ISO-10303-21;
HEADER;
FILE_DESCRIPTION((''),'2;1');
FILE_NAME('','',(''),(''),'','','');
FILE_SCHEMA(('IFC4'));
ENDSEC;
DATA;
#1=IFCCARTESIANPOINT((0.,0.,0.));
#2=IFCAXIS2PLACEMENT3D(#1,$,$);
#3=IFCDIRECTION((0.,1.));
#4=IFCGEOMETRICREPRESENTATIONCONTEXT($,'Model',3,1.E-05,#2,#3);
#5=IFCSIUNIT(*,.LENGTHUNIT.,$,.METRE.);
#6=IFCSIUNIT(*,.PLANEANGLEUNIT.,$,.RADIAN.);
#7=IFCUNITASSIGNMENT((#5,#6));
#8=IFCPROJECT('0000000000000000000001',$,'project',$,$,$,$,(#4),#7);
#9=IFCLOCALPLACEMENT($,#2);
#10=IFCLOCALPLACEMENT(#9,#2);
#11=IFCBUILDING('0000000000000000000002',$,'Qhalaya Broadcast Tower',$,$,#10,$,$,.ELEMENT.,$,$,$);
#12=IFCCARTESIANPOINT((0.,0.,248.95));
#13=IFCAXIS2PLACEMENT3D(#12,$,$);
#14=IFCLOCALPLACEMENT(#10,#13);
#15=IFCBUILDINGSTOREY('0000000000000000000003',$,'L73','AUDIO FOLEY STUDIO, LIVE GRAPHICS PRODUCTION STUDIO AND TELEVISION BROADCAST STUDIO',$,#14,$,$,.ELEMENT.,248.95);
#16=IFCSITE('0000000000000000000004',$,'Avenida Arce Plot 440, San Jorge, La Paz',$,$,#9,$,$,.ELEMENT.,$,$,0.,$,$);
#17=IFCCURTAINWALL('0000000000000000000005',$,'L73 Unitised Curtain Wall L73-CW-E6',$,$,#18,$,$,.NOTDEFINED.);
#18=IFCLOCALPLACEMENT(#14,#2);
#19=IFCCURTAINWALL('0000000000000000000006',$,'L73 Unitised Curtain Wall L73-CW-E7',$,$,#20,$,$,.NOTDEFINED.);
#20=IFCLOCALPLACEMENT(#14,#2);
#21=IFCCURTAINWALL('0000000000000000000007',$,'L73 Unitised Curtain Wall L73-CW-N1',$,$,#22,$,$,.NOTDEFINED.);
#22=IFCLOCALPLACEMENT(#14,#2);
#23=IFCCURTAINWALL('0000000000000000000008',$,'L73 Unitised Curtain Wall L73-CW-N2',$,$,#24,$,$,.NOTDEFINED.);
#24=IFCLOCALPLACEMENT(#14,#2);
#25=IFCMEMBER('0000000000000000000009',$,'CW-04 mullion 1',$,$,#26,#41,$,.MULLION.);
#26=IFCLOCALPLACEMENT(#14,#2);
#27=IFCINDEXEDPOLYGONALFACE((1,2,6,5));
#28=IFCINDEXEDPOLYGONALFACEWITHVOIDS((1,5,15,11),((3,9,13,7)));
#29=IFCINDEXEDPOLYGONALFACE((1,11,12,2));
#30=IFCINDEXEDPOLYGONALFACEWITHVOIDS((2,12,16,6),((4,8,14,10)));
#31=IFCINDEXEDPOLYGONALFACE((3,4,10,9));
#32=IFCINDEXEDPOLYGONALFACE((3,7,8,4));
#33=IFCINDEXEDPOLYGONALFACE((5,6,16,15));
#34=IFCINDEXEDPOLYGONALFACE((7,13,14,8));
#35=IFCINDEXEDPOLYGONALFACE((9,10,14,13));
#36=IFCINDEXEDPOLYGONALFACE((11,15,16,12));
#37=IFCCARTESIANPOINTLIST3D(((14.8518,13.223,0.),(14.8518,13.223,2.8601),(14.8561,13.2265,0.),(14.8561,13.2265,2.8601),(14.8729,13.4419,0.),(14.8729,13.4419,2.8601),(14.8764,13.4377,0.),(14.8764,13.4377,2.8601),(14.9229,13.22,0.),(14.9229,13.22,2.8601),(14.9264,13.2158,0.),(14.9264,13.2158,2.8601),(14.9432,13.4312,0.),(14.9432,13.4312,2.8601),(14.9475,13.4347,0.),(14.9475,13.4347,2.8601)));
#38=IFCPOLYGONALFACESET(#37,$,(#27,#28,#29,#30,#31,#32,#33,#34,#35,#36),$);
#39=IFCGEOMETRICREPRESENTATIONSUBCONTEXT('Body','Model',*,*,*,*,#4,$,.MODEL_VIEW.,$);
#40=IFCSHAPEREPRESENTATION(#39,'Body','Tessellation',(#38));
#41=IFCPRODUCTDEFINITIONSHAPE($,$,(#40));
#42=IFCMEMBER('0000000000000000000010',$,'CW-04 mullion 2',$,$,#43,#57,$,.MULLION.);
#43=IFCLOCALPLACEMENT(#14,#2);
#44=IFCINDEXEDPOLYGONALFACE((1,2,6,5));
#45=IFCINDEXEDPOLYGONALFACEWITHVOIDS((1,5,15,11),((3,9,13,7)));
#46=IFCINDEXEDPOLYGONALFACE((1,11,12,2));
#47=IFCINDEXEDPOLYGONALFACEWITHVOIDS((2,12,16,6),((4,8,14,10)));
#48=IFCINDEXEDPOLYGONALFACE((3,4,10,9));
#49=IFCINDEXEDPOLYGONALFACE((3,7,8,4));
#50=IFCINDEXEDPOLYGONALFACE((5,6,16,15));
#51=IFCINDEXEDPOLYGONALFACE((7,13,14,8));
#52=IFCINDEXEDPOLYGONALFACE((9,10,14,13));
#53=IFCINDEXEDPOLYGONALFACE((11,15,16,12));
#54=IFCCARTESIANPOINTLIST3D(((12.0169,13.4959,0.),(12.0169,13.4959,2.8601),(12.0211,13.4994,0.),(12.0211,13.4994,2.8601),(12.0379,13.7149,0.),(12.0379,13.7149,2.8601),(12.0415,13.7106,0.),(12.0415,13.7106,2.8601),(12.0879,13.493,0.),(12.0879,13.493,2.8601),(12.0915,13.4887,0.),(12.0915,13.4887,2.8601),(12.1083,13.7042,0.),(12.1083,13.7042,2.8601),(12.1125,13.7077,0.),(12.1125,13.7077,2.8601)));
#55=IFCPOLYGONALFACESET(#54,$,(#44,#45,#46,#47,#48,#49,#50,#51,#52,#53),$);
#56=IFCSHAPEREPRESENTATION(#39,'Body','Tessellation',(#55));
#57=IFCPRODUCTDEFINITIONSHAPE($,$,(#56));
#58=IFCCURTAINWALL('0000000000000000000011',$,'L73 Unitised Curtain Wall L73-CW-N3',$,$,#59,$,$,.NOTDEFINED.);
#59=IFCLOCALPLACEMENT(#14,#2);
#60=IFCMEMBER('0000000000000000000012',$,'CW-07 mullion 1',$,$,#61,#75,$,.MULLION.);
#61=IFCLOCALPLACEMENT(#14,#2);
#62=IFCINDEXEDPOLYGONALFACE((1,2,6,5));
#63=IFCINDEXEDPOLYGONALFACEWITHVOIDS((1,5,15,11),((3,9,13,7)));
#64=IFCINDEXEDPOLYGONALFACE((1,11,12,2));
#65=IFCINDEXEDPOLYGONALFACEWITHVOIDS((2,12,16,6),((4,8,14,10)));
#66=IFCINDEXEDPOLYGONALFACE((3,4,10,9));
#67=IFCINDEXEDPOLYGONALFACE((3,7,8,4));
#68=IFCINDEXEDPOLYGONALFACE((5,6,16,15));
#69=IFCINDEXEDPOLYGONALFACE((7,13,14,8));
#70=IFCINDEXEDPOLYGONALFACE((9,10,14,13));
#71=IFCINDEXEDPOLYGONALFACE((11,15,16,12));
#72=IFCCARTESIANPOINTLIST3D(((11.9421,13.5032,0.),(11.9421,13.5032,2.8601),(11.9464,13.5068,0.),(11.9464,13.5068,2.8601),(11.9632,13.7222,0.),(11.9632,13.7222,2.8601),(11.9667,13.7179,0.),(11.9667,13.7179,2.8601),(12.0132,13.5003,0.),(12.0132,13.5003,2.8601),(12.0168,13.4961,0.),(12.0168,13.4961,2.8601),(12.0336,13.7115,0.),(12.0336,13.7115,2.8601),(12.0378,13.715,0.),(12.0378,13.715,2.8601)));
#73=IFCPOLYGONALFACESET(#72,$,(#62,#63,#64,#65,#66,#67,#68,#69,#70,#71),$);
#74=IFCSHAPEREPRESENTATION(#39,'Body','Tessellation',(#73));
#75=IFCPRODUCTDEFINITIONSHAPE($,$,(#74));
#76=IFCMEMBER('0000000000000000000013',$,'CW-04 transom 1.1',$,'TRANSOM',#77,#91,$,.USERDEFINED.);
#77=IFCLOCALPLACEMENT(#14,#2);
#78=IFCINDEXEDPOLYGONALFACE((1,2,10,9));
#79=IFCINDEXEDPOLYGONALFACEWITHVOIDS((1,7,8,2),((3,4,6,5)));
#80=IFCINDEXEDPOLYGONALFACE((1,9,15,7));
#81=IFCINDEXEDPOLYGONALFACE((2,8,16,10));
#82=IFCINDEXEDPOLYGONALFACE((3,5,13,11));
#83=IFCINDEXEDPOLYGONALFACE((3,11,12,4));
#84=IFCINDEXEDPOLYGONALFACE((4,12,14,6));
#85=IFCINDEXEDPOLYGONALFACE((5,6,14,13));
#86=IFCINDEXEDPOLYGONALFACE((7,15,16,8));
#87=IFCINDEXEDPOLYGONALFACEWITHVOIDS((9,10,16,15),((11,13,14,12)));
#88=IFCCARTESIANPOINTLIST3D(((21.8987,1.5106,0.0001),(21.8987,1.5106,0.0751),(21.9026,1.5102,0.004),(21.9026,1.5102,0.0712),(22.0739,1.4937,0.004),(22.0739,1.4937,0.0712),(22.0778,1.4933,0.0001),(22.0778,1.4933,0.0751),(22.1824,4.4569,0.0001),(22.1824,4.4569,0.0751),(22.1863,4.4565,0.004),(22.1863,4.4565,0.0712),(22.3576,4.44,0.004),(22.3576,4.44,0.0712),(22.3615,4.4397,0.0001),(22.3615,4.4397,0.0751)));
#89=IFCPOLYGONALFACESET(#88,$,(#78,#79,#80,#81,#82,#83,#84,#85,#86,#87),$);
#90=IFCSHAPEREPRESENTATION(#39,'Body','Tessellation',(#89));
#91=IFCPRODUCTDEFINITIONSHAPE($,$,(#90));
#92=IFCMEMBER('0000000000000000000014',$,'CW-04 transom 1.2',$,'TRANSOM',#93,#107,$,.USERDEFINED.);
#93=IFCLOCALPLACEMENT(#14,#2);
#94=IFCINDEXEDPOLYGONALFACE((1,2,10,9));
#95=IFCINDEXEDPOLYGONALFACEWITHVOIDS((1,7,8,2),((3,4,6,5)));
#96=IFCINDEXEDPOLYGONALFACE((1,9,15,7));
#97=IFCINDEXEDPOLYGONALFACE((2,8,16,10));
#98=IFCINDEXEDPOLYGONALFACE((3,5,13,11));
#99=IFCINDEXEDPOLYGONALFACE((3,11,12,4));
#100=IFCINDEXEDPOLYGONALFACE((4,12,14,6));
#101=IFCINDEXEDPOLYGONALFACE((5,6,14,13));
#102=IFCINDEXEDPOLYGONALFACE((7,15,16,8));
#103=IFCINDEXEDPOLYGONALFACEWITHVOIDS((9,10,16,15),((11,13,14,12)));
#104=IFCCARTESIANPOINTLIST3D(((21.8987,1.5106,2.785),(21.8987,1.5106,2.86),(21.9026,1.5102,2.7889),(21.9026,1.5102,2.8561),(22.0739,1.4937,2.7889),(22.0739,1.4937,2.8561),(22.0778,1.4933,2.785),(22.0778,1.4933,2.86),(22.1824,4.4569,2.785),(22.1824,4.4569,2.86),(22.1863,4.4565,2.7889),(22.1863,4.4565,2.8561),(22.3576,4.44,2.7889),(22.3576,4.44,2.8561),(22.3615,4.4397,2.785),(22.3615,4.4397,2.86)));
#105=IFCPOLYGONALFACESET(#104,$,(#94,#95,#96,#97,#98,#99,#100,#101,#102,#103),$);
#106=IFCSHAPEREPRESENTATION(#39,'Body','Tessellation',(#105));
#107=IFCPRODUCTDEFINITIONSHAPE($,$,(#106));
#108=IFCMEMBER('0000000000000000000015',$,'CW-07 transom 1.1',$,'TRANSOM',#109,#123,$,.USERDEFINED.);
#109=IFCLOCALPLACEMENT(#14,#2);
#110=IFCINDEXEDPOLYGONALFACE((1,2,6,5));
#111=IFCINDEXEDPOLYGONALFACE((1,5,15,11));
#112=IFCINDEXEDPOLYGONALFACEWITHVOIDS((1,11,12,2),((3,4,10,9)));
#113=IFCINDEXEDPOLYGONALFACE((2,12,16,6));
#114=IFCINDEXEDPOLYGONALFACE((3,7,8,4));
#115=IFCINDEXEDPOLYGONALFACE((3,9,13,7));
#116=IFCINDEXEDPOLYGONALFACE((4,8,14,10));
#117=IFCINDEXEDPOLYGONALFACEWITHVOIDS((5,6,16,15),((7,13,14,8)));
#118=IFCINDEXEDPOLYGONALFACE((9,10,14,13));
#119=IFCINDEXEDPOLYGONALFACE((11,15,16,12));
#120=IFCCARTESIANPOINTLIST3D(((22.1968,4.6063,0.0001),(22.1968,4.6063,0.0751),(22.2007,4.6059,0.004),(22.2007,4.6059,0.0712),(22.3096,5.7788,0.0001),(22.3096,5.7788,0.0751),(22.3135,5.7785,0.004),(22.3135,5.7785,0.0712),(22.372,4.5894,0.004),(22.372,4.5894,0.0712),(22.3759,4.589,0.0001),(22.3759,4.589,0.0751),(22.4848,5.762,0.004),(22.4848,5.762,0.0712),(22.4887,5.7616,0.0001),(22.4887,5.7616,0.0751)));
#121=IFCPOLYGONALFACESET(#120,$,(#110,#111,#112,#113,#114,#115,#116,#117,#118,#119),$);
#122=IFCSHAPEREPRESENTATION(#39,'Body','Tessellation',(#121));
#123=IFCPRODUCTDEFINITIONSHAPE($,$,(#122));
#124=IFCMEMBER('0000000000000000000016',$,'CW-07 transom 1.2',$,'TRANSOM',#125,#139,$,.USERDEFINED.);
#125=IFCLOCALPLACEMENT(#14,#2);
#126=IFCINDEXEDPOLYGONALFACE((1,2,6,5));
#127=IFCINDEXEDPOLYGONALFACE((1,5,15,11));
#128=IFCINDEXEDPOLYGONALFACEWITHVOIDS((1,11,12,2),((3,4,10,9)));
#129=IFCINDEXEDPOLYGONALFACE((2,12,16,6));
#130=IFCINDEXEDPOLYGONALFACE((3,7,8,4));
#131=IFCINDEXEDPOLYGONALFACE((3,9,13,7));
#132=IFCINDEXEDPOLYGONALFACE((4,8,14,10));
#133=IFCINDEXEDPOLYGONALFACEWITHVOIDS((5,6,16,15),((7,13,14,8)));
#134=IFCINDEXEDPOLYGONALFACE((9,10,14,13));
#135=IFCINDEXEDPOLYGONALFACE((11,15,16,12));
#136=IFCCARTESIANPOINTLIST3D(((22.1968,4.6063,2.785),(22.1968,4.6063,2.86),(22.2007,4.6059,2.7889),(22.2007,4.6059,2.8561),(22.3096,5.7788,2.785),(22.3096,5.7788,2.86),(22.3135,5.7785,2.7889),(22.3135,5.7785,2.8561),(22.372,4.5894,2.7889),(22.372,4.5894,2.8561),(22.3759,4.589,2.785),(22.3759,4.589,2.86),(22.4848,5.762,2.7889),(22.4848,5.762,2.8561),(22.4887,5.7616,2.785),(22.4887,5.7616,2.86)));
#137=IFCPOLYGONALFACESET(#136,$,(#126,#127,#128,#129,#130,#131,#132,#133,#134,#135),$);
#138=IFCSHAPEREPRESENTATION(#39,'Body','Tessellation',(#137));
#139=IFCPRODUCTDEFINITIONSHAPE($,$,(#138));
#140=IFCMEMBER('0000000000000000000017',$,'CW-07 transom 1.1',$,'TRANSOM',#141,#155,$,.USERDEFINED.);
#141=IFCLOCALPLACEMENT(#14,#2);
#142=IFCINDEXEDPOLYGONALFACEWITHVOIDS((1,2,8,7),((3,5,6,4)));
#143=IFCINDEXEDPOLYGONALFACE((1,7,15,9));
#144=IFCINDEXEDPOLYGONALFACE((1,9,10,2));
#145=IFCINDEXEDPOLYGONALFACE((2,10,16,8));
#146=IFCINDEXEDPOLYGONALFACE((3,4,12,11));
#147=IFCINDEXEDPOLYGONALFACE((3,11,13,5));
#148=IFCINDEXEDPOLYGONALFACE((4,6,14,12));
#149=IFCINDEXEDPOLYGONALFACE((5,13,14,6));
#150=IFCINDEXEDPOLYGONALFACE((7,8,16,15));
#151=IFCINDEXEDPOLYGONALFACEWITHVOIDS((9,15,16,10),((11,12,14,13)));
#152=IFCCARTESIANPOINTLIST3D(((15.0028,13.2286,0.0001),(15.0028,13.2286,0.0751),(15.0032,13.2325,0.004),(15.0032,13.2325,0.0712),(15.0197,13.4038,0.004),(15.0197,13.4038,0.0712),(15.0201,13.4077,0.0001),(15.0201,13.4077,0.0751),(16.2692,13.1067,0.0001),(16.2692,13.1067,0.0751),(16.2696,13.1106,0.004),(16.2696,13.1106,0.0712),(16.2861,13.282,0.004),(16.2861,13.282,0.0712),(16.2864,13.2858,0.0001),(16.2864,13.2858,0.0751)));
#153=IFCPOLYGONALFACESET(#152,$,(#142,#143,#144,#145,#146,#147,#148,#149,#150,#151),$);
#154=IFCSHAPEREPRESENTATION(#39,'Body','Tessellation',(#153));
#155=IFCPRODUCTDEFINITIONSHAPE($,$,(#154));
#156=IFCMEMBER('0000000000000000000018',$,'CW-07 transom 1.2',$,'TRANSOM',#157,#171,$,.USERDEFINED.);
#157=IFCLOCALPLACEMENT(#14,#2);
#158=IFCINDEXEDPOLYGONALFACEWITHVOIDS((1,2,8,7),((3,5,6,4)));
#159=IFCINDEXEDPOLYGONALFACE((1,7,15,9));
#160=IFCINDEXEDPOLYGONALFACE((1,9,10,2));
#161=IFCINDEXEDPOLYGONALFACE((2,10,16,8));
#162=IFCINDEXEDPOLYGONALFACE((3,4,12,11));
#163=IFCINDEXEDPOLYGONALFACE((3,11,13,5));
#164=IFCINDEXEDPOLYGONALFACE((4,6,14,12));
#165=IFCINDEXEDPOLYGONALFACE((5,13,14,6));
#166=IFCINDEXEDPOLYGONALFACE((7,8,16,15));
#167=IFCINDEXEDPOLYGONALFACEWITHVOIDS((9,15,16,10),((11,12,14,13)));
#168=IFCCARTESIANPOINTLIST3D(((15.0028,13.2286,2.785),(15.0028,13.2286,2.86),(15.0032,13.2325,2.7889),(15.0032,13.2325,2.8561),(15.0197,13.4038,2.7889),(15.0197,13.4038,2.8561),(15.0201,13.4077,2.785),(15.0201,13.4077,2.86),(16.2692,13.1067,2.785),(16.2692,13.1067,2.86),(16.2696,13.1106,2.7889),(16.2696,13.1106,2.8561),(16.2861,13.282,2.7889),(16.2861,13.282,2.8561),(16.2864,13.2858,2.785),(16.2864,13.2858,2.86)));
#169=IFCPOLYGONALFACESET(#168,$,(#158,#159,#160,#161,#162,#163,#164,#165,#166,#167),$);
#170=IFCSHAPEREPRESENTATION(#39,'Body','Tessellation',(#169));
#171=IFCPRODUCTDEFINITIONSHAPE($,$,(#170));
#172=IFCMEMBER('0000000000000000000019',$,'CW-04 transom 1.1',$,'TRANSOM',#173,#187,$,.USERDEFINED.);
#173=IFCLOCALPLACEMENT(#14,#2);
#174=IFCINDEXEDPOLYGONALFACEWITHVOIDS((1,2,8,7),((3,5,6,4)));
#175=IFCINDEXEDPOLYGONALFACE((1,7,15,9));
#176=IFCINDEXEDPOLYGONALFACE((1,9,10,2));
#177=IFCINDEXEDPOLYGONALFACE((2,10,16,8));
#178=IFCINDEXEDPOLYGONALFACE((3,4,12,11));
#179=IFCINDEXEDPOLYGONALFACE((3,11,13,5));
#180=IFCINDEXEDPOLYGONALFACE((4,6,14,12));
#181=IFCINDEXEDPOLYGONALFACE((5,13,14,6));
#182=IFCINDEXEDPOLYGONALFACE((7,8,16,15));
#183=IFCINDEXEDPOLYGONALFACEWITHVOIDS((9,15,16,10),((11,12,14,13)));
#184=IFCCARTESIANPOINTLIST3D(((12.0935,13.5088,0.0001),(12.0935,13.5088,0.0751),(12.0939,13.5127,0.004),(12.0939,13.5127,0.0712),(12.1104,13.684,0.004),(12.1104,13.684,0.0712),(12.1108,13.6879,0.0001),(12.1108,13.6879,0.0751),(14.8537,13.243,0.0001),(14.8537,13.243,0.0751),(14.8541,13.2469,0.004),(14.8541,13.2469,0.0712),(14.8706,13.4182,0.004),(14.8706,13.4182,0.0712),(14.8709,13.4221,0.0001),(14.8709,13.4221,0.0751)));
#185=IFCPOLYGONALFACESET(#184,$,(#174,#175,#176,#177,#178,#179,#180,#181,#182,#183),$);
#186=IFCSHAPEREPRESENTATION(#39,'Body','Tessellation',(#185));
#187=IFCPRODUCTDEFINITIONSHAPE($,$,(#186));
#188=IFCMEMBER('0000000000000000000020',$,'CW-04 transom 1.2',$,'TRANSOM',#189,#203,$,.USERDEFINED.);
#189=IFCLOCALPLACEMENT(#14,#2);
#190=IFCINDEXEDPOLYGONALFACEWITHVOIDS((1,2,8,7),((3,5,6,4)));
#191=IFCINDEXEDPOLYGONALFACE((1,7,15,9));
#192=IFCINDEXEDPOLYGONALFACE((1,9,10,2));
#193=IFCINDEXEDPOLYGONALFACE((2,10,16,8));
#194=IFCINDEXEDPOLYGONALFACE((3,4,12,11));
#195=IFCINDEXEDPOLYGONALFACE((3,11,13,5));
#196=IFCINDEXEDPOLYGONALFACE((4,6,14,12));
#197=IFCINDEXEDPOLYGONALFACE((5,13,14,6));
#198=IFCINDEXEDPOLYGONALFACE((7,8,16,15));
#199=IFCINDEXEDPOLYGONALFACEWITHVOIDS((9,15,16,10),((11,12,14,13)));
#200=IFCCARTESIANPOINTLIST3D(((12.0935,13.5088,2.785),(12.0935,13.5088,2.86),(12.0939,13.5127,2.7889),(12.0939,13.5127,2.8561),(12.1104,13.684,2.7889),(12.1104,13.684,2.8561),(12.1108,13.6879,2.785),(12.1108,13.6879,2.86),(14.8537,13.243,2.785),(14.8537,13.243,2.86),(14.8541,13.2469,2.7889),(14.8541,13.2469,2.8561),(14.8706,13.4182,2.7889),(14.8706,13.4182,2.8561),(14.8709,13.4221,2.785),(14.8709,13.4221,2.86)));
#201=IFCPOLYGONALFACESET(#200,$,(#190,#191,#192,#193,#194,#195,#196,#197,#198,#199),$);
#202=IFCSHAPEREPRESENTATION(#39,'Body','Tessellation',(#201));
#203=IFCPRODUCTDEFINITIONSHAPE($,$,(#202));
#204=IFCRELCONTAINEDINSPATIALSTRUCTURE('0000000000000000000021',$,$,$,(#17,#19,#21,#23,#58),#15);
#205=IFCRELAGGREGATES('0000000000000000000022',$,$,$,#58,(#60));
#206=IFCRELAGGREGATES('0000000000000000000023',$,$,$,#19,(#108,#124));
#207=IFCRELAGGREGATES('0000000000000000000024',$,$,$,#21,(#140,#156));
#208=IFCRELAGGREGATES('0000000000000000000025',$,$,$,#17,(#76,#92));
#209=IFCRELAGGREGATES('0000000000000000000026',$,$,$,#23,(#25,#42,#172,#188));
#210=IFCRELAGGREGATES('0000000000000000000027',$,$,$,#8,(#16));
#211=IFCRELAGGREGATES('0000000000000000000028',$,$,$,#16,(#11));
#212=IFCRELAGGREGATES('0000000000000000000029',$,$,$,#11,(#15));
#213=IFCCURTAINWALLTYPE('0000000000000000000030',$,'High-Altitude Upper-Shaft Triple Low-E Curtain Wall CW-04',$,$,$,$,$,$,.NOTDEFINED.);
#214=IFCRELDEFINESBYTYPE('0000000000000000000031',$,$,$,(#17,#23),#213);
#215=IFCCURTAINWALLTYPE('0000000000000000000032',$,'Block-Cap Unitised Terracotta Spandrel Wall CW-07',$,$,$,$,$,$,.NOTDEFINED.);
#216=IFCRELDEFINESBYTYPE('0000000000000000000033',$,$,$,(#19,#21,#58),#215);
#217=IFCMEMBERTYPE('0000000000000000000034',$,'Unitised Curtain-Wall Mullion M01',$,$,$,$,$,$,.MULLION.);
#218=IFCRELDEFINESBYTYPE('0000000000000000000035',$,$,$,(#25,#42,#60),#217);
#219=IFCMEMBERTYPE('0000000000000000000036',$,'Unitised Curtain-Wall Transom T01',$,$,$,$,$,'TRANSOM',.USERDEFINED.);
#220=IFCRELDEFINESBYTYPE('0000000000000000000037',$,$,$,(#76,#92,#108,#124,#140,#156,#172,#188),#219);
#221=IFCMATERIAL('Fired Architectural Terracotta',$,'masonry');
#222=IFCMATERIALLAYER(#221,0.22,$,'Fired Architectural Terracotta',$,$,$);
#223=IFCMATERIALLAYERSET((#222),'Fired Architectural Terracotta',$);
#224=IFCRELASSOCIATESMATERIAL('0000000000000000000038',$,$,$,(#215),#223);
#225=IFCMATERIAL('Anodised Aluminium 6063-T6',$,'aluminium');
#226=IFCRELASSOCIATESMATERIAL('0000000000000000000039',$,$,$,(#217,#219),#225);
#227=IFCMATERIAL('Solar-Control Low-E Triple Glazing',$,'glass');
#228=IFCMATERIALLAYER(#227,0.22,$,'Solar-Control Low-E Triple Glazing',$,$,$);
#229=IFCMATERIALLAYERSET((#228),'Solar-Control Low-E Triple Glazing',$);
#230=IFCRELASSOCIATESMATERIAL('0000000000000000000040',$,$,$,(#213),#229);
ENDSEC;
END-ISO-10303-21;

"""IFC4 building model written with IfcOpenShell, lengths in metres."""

from ifc_helpers import new_model, si_unit, direction, frame, origin, origin_2d, place, context, subcontext, project, spatial, hollow_rectangle, extrude, material, layer, layer_set, material_profile, profile_set, type_object, element, aggregate, save


model = new_model("IFC4")

# Units and contexts
model_context = context("Model", 3, precision=1e-05, world=origin(), true_north=direction((0.0, 1.0)))
body_context = subcontext(model_context, "Body", "Model", "MODEL_VIEW")
ifc_project = project(units=[si_unit("LENGTHUNIT", "METRE"), si_unit("PLANEANGLEUNIT", "RADIAN")], contexts=[model_context])

# Site, building, storey
site_placement = place(None, origin())
site = spatial("IfcSite", under=ifc_project, at=site_placement, Name="Avenida Arce Plot 440, San Jorge, La Paz", CompositionType="ELEMENT", RefElevation=0.0)
building_placement = place(site_placement, origin())
building = spatial("IfcBuilding", under=site, at=building_placement, Name="Qhalaya Broadcast Tower", CompositionType="ELEMENT")
storey_placement = place(building_placement, frame((0.0, 0.0, 248.95)))
storey = spatial("IfcBuildingStorey", under=building, at=storey_placement, Name="L73", Description="AUDIO FOLEY STUDIO, LIVE GRAPHICS PRODUCTION STUDIO AND TELEVISION BROADCAST STUDIO", CompositionType="ELEMENT", Elevation=248.95)

# Shared definitions
ifc_material_1 = material(Name="Fired Architectural Terracotta", Category="masonry")

# Shared definitions
ifc_layer_1 = layer(ifc_material_1, 0.22, Name="Fired Architectural Terracotta")
ifc_layer_set_1 = layer_set([ifc_layer_1], Name="Fired Architectural Terracotta")
curtain_wall_type_1 = type_object("IfcCurtainWallType", Name="Block-Cap Unitised Terracotta Spandrel Wall CW-07", PredefinedType="NOTDEFINED", material=ifc_layer_set_1)
ifc_material_2 = material(Name="Anodised Aluminium 6063-T6", Category="aluminium")
ifc_material_profile_1 = material_profile(ifc_material_2, hollow_rectangle(XDim=0.075, YDim=0.22, WallThickness=0.0039, at=origin_2d()), Name="ALU-MUL 75x220x4")
ifc_profile_set_1 = profile_set([ifc_material_profile_1], Name="Anodised Aluminium 6063-T6")
member_type_1 = type_object("IfcMemberType", Name="Unitised Curtain-Wall Mullion M01", PredefinedType="MULLION", material=ifc_profile_set_1)

# Curtain walls, members
ifc_material_3 = material(Name="Solar-Control Low-E Triple Glazing", Category="glass")
ifc_layer_2 = layer(ifc_material_3, 0.22, Name="Solar-Control Low-E Triple Glazing")
ifc_layer_set_2 = layer_set([ifc_layer_2], Name="Solar-Control Low-E Triple Glazing")
curtain_wall_type_2 = type_object("IfcCurtainWallType", Name="High-Altitude Upper-Shaft Triple Low-E Curtain Wall CW-04", PredefinedType="NOTDEFINED", material=ifc_layer_set_2)
curtain_wall_1_placement = place(storey_placement, origin())
curtain_wall_1 = element("IfcCurtainWall", 1, at=curtain_wall_1_placement, inside=storey, type_object=curtain_wall_type_2, Name="L73 Unitised Curtain Wall L73-CW-E6", PredefinedType="NOTDEFINED")
curtain_wall_2_placement = place(storey_placement, origin())
curtain_wall_2 = element("IfcCurtainWall", 2, at=curtain_wall_2_placement, inside=storey, type_object=curtain_wall_type_1, Name="L73 Unitised Curtain Wall L73-CW-E7", PredefinedType="NOTDEFINED")
curtain_wall_3_placement = place(storey_placement, origin())
curtain_wall_3 = element("IfcCurtainWall", 3, at=curtain_wall_3_placement, inside=storey, type_object=curtain_wall_type_1, Name="L73 Unitised Curtain Wall L73-CW-N1", PredefinedType="NOTDEFINED")
curtain_wall_4_placement = place(storey_placement, origin())
curtain_wall_4 = element("IfcCurtainWall", 4, at=curtain_wall_4_placement, inside=storey, type_object=curtain_wall_type_2, Name="L73 Unitised Curtain Wall L73-CW-N2", PredefinedType="NOTDEFINED")
member_1_placement = place(storey_placement, frame((14.8997, 13.3289, 0.0), z_axis=(0.0, 0.0, 1.0), x_axis=(-0.995395, 0.095862, 0.0)))
member_1 = element("IfcMember", 5, at=member_1_placement, type_object=member_type_1, Name="CW-04 mullion 1", PredefinedType="MULLION", context=body_context, shape_type="SweptSolid", body=[
    extrude(hollow_rectangle(XDim=0.075, YDim=0.22, WallThickness=0.0039, at=origin_2d()), origin(), (0.0, 0.0, 1.0), 2.8601),
])
member_2_placement = place(storey_placement, frame((12.0647, 13.6018, 0.0), z_axis=(0.0, 0.0, 1.0), x_axis=(-0.995395, 0.095862, 0.0)))
member_2 = element("IfcMember", 6, at=member_2_placement, type_object=member_type_1, Name="CW-04 mullion 2", PredefinedType="MULLION", context=body_context, shape_type="SweptSolid", body=[
    extrude(hollow_rectangle(XDim=0.075, YDim=0.22, WallThickness=0.0039, at=origin_2d()), origin(), (0.0, 0.0, 1.0), 2.8601),
])

# Curtain wall, member
curtain_wall_5_placement = place(storey_placement, origin())
curtain_wall_5 = element("IfcCurtainWall", 7, at=curtain_wall_5_placement, inside=storey, type_object=curtain_wall_type_1, Name="L73 Unitised Curtain Wall L73-CW-N3", PredefinedType="NOTDEFINED")
member_3_placement = place(storey_placement, frame((11.99, 13.6091, 0.0), z_axis=(0.0, 0.0, 1.0), x_axis=(-0.995396, 0.095845, 0.0)))
member_3 = element("IfcMember", 8, at=member_3_placement, type_object=member_type_1, Name="CW-07 mullion 1", PredefinedType="MULLION", context=body_context, shape_type="SweptSolid", body=[
    extrude(hollow_rectangle(XDim=0.075, YDim=0.22, WallThickness=0.0039, at=origin_2d()), origin(), (0.0, 0.0, 1.0), 2.8601),
])

# Members
ifc_material_profile_2 = material_profile(ifc_material_2, hollow_rectangle(XDim=0.075, YDim=0.1799, WallThickness=0.0039, at=origin_2d()), Name="ALU-TRN 75x180x4")
ifc_profile_set_2 = profile_set([ifc_material_profile_2], Name="Anodised Aluminium 6063-T6")
member_type_2 = type_object("IfcMemberType", Name="Unitised Curtain-Wall Transom T01", ElementType="TRANSOM", PredefinedType="USERDEFINED", material=ifc_profile_set_2)
member_4_placement = place(storey_placement, frame((21.9883, 1.502, 0.0376), z_axis=(0.095844, 0.995396, 0.0), x_axis=(0.0, 0.0, 1.0)))
member_4 = element("IfcMember", 9, at=member_4_placement, type_object=member_type_2, Name="CW-04 transom 1.1", ObjectType="TRANSOM", PredefinedType="USERDEFINED", context=body_context, shape_type="SweptSolid", body=[
    extrude(hollow_rectangle(XDim=0.075, YDim=0.1799, WallThickness=0.0039, at=origin_2d()), origin(), (0.0, 0.0, 1.0), 2.96),
])
member_5_placement = place(storey_placement, frame((21.9883, 1.502, 2.8225), z_axis=(0.095844, 0.995396, 0.0), x_axis=(0.0, 0.0, 1.0)))
member_5 = element("IfcMember", 10, at=member_5_placement, type_object=member_type_2, Name="CW-04 transom 1.2", ObjectType="TRANSOM", PredefinedType="USERDEFINED", context=body_context, shape_type="SweptSolid", body=[
    extrude(hollow_rectangle(XDim=0.075, YDim=0.1799, WallThickness=0.0039, at=origin_2d()), origin(), (0.0, 0.0, 1.0), 2.96),
])
member_6_placement = place(storey_placement, frame((22.2864, 4.5977, 0.0376), z_axis=(0.095748, 0.995406, 0.0), x_axis=(0.0, 0.0, 1.0)))
member_6 = element("IfcMember", 11, at=member_6_placement, type_object=member_type_2, Name="CW-07 transom 1.1", ObjectType="TRANSOM", PredefinedType="USERDEFINED", context=body_context, shape_type="SweptSolid", body=[
    extrude(hollow_rectangle(XDim=0.075, YDim=0.1799, WallThickness=0.0039, at=origin_2d()), origin(), (0.0, 0.0, 1.0), 1.178),
])
member_7_placement = place(storey_placement, frame((22.2864, 4.5977, 2.8225), z_axis=(0.095748, 0.995406, 0.0), x_axis=(0.0, 0.0, 1.0)))
member_7 = element("IfcMember", 12, at=member_7_placement, type_object=member_type_2, Name="CW-07 transom 1.2", ObjectType="TRANSOM", PredefinedType="USERDEFINED", context=body_context, shape_type="SweptSolid", body=[
    extrude(hollow_rectangle(XDim=0.075, YDim=0.1799, WallThickness=0.0039, at=origin_2d()), origin(), (0.0, 0.0, 1.0), 1.178),
])
member_8_placement = place(storey_placement, frame((16.2778, 13.1963, 0.0376), z_axis=(-0.995404, 0.09576, 0.0), x_axis=(0.0, 0.0, 1.0)))
member_8 = element("IfcMember", 13, at=member_8_placement, type_object=member_type_2, Name="CW-07 transom 1.1", ObjectType="TRANSOM", PredefinedType="USERDEFINED", context=body_context, shape_type="SweptSolid", body=[
    extrude(hollow_rectangle(XDim=0.075, YDim=0.1799, WallThickness=0.0039, at=origin_2d()), origin(), (0.0, 0.0, 1.0), 1.2722),
])
member_9_placement = place(storey_placement, frame((16.2778, 13.1963, 2.8225), z_axis=(-0.995404, 0.09576, 0.0), x_axis=(0.0, 0.0, 1.0)))
member_9 = element("IfcMember", 14, at=member_9_placement, type_object=member_type_2, Name="CW-07 transom 1.2", ObjectType="TRANSOM", PredefinedType="USERDEFINED", context=body_context, shape_type="SweptSolid", body=[
    extrude(hollow_rectangle(XDim=0.075, YDim=0.1799, WallThickness=0.0039, at=origin_2d()), origin(), (0.0, 0.0, 1.0), 1.2722),
])
member_10_placement = place(storey_placement, frame((14.8623, 13.3325, 0.0376), z_axis=(-0.995393, 0.095877, 0.0), x_axis=(0.0, 0.0, 1.0)))
member_10 = element("IfcMember", 15, at=member_10_placement, type_object=member_type_2, Name="CW-04 transom 1.1", ObjectType="TRANSOM", PredefinedType="USERDEFINED", context=body_context, shape_type="SweptSolid", body=[
    extrude(hollow_rectangle(XDim=0.075, YDim=0.1799, WallThickness=0.0039, at=origin_2d()), origin(), (0.0, 0.0, 1.0), 2.7729),
])
member_11_placement = place(storey_placement, frame((14.8623, 13.3325, 2.8225), z_axis=(-0.995393, 0.095877, 0.0), x_axis=(0.0, 0.0, 1.0)))
member_11 = element("IfcMember", 16, at=member_11_placement, type_object=member_type_2, Name="CW-04 transom 1.2", ObjectType="TRANSOM", PredefinedType="USERDEFINED", context=body_context, shape_type="SweptSolid", body=[
    extrude(hollow_rectangle(XDim=0.075, YDim=0.1799, WallThickness=0.0039, at=origin_2d()), origin(), (0.0, 0.0, 1.0), 2.7729),
])
aggregate(curtain_wall_5, [member_3])

aggregate(curtain_wall_2, [member_6, member_7])
aggregate(curtain_wall_3, [member_8, member_9])
aggregate(curtain_wall_1, [member_4, member_5])
aggregate(curtain_wall_4, [member_1, member_2, member_10, member_11])

save(model, "model.ifc")
